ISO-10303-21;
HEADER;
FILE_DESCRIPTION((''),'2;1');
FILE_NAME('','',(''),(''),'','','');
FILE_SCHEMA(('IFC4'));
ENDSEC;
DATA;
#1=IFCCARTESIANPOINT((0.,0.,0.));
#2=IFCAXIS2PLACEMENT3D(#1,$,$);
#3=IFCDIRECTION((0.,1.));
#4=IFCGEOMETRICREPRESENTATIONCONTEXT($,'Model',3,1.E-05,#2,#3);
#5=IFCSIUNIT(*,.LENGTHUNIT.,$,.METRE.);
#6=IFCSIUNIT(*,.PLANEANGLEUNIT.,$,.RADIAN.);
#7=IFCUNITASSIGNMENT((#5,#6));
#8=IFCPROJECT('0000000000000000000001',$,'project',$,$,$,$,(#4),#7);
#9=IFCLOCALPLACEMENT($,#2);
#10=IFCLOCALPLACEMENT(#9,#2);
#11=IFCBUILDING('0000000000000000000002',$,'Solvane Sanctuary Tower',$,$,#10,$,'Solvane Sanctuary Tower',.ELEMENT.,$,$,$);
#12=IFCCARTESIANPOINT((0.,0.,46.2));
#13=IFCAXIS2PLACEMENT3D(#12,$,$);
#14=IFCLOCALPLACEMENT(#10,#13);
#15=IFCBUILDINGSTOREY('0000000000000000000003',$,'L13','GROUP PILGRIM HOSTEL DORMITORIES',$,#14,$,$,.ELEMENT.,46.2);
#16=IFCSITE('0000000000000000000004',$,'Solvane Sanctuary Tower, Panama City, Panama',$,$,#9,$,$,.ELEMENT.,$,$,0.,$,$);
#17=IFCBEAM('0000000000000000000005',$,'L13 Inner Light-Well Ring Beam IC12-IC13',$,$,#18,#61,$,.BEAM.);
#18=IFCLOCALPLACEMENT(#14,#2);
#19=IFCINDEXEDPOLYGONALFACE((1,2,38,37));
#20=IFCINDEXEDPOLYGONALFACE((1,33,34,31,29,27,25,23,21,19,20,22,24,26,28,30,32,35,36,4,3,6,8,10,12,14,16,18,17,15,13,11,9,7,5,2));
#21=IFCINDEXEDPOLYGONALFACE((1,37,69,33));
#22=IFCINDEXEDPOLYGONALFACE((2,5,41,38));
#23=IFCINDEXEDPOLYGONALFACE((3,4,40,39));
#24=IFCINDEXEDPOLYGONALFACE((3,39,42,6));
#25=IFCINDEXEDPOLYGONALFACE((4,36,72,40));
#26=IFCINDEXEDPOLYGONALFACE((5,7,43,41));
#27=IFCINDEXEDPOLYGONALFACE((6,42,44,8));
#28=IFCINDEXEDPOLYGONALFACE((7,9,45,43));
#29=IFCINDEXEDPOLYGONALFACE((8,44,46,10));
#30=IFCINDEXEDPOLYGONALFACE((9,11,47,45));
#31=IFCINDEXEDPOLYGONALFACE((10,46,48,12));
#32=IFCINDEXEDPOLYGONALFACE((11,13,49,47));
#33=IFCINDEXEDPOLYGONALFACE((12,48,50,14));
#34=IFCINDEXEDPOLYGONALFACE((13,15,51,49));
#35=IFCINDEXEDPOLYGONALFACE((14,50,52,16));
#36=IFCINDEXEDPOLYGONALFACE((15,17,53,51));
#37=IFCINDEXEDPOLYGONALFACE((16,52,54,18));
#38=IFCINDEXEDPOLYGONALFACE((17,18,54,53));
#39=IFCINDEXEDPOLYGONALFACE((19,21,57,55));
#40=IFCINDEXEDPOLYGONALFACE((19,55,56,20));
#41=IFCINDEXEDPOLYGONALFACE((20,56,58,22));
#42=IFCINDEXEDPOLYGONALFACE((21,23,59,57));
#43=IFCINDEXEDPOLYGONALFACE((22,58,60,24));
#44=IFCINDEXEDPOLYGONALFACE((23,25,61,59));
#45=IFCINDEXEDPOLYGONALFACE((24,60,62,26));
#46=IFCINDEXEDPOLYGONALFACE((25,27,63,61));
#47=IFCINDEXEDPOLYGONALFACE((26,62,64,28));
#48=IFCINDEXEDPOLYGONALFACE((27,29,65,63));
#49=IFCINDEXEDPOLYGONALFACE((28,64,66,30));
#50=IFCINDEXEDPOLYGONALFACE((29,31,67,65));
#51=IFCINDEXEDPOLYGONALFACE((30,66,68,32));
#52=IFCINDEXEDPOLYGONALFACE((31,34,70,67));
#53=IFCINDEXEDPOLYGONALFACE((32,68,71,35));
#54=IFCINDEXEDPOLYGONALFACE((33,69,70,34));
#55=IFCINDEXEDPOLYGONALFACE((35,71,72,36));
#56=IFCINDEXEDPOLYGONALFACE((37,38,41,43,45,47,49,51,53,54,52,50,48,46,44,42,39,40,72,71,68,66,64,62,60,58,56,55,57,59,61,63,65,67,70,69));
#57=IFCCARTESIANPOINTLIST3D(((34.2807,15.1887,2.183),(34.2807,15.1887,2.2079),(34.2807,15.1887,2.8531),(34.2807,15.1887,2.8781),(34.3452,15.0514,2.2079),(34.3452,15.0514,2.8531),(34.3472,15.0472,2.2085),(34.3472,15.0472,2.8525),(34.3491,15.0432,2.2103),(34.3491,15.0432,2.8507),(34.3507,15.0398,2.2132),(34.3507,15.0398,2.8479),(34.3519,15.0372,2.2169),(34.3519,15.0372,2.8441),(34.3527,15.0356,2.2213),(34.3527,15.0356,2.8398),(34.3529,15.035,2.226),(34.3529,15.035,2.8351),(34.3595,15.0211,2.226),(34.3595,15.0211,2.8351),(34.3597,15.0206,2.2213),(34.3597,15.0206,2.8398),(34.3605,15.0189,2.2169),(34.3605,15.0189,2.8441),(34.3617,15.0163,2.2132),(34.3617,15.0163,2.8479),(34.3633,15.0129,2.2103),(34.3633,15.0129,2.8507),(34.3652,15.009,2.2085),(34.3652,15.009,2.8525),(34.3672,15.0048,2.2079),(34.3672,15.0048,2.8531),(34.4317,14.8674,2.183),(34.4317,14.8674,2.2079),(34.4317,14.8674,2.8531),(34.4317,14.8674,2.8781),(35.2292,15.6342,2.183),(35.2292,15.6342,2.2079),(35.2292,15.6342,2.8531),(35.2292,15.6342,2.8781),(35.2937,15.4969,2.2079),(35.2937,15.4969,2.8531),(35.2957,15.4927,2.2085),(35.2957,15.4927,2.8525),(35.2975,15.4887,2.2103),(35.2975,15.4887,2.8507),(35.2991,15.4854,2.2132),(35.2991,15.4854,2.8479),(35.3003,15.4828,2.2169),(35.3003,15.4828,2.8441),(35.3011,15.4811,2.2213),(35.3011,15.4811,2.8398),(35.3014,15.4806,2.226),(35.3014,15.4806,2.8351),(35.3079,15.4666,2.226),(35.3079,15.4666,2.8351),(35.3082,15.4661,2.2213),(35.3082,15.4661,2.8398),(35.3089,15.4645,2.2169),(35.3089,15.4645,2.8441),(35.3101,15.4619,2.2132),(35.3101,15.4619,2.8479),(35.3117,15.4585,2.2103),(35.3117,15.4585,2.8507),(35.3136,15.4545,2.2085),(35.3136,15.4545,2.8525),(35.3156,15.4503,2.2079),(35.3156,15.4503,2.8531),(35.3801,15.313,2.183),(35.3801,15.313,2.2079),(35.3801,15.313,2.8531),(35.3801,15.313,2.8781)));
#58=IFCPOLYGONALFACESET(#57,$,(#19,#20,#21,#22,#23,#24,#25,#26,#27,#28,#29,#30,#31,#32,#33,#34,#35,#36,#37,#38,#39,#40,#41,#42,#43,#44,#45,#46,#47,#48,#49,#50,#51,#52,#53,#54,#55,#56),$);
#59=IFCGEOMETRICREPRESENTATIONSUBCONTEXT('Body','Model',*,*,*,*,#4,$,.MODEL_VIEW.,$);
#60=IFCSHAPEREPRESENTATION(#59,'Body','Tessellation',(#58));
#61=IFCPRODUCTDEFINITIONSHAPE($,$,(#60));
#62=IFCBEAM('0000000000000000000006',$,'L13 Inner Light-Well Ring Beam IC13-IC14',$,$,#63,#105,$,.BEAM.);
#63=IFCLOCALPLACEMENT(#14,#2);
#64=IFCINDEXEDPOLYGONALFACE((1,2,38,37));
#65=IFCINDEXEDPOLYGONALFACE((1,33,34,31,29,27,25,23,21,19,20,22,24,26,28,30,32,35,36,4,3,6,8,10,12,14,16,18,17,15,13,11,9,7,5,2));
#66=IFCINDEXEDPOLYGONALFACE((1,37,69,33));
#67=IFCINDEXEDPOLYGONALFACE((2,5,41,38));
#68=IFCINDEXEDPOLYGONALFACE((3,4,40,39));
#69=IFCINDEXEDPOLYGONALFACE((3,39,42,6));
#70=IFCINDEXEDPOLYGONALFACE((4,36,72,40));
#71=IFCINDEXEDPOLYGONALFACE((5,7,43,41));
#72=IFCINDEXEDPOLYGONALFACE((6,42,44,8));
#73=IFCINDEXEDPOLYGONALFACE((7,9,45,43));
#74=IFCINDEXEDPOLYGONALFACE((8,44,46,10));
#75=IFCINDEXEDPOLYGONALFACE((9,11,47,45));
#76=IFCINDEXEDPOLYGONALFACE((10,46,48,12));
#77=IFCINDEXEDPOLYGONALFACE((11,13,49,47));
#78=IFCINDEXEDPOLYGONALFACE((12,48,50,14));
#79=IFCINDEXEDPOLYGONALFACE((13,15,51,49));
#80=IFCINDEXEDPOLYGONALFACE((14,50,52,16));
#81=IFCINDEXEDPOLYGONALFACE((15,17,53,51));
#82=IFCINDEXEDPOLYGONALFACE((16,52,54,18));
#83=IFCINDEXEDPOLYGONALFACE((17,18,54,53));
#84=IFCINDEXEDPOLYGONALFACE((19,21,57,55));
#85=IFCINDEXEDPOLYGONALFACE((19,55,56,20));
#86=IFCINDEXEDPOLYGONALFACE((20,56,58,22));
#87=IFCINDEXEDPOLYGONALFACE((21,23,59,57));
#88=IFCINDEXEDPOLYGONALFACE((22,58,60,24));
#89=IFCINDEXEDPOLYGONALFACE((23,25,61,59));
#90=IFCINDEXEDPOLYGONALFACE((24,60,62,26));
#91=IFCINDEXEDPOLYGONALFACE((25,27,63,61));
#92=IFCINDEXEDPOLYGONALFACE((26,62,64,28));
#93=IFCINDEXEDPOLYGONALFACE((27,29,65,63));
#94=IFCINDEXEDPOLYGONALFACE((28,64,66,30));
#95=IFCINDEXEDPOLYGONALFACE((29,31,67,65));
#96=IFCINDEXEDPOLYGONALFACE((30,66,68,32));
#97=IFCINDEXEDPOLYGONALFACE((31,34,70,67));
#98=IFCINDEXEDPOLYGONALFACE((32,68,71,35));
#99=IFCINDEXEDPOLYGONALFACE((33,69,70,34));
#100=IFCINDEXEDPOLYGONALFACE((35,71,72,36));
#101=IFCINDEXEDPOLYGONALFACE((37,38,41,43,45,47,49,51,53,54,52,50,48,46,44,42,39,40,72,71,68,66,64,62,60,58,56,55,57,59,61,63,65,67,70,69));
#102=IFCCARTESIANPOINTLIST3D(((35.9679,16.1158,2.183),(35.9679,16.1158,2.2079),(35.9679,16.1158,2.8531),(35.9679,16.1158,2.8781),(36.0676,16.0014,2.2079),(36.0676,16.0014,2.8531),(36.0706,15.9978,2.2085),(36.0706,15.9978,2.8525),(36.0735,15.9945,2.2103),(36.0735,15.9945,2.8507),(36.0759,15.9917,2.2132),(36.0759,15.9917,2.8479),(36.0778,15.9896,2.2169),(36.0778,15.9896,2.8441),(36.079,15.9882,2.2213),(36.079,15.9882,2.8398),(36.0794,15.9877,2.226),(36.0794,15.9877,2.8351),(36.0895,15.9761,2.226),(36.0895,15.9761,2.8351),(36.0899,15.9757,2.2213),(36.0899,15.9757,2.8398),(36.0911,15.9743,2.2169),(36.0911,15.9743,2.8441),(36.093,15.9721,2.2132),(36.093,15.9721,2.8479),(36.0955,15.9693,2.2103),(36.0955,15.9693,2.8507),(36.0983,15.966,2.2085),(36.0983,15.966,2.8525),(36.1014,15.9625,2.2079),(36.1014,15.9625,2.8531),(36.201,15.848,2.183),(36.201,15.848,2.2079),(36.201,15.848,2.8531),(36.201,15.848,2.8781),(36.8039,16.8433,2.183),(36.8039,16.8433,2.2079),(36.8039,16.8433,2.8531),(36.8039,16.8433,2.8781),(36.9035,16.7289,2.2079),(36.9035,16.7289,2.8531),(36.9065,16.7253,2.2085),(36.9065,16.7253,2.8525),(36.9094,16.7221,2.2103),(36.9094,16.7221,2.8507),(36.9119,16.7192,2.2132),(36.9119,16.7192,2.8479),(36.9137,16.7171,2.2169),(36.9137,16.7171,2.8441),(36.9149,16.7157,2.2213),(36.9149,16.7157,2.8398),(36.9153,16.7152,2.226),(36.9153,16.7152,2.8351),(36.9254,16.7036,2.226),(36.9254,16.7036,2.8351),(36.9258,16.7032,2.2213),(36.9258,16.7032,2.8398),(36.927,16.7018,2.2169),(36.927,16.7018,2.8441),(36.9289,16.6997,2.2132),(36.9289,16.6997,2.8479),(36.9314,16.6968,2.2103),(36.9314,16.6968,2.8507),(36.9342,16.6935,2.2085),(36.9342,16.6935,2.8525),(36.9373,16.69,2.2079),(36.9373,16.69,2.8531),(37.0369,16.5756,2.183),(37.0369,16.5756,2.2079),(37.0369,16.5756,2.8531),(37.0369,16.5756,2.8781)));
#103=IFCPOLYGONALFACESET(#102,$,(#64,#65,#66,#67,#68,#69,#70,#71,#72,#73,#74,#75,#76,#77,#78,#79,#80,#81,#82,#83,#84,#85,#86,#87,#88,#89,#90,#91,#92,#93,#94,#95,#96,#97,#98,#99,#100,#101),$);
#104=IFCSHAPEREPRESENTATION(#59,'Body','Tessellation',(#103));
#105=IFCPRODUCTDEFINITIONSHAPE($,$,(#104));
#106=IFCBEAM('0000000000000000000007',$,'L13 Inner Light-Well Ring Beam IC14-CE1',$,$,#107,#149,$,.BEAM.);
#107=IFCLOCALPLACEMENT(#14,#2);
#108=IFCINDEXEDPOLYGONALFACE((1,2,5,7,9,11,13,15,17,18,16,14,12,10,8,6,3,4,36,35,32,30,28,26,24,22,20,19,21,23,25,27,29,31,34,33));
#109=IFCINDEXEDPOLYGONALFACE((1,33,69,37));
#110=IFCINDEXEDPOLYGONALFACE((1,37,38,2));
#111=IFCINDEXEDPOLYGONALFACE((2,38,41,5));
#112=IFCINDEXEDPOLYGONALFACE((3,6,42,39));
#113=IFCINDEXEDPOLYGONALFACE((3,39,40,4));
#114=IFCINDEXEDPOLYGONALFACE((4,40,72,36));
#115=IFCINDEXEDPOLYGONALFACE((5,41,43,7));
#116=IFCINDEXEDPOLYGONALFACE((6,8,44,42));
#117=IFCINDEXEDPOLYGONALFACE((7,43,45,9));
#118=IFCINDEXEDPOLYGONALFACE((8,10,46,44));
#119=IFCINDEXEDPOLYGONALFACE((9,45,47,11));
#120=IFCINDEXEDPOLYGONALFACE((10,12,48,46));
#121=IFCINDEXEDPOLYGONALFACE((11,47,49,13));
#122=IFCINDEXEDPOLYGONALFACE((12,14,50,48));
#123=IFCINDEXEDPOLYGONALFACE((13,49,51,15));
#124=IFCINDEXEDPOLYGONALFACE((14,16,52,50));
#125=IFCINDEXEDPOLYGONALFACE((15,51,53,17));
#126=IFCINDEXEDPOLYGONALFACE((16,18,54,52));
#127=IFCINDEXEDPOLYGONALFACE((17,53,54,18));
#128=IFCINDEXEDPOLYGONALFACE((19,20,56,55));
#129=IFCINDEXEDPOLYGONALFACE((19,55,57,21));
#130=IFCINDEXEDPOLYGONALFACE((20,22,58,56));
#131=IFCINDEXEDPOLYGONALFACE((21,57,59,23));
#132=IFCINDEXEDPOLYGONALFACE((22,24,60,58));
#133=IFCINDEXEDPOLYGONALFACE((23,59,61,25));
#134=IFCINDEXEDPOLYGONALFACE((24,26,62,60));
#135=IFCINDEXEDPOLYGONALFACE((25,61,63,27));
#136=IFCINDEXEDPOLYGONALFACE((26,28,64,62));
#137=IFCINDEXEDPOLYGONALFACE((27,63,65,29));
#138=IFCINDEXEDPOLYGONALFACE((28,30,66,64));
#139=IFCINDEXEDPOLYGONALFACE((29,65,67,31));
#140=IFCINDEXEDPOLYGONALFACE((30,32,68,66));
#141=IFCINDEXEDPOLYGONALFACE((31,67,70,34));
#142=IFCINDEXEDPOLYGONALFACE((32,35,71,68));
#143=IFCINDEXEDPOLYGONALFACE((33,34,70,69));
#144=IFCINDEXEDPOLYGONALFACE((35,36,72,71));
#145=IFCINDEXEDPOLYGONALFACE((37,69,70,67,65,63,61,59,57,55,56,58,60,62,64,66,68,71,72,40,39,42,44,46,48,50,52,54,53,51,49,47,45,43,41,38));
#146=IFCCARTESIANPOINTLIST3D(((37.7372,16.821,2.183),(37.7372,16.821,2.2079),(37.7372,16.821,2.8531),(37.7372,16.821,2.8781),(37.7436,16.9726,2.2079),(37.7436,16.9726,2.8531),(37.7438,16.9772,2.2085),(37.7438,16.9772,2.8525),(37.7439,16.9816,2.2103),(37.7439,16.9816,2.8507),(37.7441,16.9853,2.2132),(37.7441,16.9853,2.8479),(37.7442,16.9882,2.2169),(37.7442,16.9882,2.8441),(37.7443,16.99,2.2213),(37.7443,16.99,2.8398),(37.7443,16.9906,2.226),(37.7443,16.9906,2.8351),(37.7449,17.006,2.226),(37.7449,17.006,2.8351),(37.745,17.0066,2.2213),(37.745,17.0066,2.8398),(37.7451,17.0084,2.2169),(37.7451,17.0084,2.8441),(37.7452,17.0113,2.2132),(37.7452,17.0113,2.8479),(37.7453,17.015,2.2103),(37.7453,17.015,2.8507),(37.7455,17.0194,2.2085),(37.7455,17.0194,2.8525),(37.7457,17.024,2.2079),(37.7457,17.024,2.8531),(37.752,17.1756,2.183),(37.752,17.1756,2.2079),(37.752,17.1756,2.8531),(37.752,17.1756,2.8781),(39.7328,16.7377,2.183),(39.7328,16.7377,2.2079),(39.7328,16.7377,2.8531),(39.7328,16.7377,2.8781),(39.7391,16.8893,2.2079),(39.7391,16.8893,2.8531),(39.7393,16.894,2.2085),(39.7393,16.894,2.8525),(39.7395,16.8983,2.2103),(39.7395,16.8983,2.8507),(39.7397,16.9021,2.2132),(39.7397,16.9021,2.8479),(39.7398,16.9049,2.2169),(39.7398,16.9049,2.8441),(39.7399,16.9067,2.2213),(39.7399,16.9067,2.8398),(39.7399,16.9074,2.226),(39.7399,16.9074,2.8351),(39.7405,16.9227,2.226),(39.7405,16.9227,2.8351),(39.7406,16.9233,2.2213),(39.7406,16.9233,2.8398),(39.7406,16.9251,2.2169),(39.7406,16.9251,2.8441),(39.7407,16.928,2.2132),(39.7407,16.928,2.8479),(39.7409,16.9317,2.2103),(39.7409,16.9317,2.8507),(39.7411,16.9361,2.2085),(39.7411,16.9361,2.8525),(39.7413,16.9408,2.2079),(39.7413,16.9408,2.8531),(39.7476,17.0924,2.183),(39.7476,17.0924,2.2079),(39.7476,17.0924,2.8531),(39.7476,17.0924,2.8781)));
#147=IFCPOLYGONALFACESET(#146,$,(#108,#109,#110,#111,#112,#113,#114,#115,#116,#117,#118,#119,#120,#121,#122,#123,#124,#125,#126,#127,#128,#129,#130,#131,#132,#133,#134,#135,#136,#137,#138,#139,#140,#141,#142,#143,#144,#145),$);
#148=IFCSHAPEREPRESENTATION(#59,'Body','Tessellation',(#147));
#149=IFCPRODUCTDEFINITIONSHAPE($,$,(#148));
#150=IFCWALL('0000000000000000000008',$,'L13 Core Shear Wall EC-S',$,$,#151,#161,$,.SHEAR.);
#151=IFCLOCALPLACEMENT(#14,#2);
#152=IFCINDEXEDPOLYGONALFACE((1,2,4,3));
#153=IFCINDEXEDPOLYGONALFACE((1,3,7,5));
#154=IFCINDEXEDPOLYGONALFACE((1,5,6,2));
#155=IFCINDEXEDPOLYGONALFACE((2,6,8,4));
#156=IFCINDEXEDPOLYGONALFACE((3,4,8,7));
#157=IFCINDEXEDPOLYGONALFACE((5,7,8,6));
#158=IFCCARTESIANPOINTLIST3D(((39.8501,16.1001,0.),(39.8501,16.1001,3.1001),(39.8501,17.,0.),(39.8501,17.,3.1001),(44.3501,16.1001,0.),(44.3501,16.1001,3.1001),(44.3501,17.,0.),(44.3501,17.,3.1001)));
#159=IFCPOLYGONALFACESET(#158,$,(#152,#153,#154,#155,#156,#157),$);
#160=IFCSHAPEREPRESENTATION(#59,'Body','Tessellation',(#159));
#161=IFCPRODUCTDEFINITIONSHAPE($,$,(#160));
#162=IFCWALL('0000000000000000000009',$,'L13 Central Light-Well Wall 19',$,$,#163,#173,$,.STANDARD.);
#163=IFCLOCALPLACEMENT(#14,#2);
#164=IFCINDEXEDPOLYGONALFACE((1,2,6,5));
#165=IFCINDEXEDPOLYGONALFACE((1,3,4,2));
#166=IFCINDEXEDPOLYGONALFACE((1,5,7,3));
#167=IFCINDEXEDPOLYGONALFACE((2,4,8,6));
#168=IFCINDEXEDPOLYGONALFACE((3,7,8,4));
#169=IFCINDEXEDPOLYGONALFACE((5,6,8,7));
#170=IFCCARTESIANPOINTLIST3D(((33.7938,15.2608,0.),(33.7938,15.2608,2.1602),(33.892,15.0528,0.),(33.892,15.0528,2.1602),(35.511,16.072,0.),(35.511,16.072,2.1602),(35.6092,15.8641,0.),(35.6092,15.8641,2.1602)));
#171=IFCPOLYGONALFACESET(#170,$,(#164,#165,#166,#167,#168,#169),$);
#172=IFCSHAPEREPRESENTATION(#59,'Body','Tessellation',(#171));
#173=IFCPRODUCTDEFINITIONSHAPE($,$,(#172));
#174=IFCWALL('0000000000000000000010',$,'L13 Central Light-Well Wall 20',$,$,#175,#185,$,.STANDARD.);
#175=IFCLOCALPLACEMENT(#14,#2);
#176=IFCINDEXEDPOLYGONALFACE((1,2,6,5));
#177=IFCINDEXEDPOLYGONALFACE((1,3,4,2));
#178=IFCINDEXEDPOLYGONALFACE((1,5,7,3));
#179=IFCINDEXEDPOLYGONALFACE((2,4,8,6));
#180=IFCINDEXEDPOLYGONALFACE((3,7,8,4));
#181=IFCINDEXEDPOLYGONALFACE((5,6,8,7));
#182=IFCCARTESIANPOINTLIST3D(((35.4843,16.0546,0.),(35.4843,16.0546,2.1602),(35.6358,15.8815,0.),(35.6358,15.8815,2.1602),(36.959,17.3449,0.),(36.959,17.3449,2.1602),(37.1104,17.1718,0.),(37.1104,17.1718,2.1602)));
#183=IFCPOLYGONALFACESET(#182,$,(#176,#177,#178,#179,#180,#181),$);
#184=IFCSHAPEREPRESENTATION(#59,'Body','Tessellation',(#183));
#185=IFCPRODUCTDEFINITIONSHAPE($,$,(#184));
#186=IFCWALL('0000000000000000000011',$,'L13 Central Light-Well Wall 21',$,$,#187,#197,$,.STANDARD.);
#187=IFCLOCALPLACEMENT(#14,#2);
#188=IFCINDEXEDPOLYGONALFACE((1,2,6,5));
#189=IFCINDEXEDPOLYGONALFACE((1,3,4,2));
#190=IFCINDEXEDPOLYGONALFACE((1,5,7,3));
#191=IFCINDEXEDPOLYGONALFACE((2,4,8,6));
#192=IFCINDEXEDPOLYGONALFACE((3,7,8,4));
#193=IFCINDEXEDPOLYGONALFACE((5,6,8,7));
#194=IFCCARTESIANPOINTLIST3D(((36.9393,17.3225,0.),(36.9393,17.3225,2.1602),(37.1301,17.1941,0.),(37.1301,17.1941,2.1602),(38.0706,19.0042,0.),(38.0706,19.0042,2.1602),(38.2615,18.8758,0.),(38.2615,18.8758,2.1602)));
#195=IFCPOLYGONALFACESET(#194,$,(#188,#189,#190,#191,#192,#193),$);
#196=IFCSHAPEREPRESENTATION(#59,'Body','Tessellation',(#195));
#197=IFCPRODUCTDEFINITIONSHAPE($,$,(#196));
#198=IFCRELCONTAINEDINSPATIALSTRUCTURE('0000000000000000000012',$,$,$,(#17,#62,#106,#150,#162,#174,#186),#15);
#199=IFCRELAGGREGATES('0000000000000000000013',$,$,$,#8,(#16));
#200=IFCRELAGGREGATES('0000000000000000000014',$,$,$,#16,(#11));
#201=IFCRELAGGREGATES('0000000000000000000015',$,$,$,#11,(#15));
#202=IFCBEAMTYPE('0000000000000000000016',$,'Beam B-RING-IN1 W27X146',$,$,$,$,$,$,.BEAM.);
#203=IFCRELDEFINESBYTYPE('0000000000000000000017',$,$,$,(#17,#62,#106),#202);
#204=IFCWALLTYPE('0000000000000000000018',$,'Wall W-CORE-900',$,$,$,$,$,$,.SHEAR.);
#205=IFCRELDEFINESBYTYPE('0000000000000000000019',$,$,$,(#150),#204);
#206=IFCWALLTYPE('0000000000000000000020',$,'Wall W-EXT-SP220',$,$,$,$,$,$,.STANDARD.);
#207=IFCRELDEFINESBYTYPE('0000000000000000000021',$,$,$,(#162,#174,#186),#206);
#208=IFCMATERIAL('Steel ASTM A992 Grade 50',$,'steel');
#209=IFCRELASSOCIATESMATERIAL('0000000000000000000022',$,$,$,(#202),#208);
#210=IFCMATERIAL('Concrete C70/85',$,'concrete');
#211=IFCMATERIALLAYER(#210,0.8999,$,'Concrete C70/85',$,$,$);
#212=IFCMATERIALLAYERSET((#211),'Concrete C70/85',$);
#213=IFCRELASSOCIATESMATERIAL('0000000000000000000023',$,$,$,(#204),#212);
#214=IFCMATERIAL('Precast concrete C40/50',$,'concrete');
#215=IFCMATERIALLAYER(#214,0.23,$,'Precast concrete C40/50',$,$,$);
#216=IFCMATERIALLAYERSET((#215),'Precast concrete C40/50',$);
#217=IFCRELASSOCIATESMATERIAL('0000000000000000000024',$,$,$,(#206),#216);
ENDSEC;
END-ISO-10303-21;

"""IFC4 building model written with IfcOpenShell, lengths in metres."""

from ifc_helpers import new_model, si_unit, direction, frame, frame_2d, origin, origin_2d, place, context, subcontext, project, spatial, rectangle, i_section, extrude, material, layer, layer_set, material_profile, profile_set, type_object, element, save


model = new_model("IFC4")

# Units and contexts
model_context = context("Model", 3, precision=1e-05, world=origin(), true_north=direction((0.0, 1.0)))
body_context = subcontext(model_context, "Body", "Model", "MODEL_VIEW")
ifc_project = project(units=[si_unit("LENGTHUNIT", "METRE"), si_unit("PLANEANGLEUNIT", "RADIAN")], contexts=[model_context])

# Site, building, storey
site_placement = place(None, origin())
site = spatial("IfcSite", under=ifc_project, at=site_placement, Name="Solvane Sanctuary Tower, Panama City, Panama", CompositionType="ELEMENT", RefElevation=0.0)
building_placement = place(site_placement, origin())
building = spatial("IfcBuilding", under=site, at=building_placement, Name="Solvane Sanctuary Tower", LongName="Solvane Sanctuary Tower", CompositionType="ELEMENT")
storey_placement = place(building_placement, frame((0.0, 0.0, 46.2)))
storey = spatial("IfcBuildingStorey", under=building, at=storey_placement, Name="L13", Description="GROUP PILGRIM HOSTEL DORMITORIES", CompositionType="ELEMENT", Elevation=46.2)

# Shared definitions
ifc_material_1 = material(Name="Concrete C70/85", Category="concrete")

# Beams
ifc_material_2 = material(Name="Steel ASTM A992 Grade 50", Category="steel")
ifc_material_profile_1 = material_profile(ifc_material_2, i_section(OverallWidth=0.355, OverallDepth=0.6951, WebThickness=0.0154, FlangeThickness=0.0249, FilletRadius=0.0181, at=origin_2d()), Name="W27X146")
ifc_profile_set_1 = profile_set([ifc_material_profile_1], Name="Steel ASTM A992 Grade 50")
beam_type_1 = type_object("IfcBeamType", Name="Beam B-RING-IN1 W27X146", PredefinedType="BEAM", material=ifc_profile_set_1)
beam_1_placement = place(storey_placement, frame((34.3562, 15.0281, 2.5305), z_axis=(0.905109, 0.42518, 0.0), x_axis=(-0.42518, 0.905109, 0.0)))
element("IfcBeam", 1, at=beam_1_placement, inside=storey, type_object=beam_type_1, Name="L13 Inner Light-Well Ring Beam IC12-IC13", PredefinedType="BEAM", context=body_context, shape_type="SweptSolid", body=[
    extrude(i_section(OverallWidth=0.355, OverallDepth=0.6951, WebThickness=0.0154, FlangeThickness=0.0249, FilletRadius=0.0181, at=origin_2d()), origin(), (0.0, 0.0, 1.0), 1.0479),
])
beam_2_placement = place(storey_placement, frame((36.0845, 15.9819, 2.5305), z_axis=(0.754321, 0.656506, 0.0), x_axis=(-0.656506, 0.754321, 0.0)))
element("IfcBeam", 2, at=beam_2_placement, inside=storey, type_object=beam_type_1, Name="L13 Inner Light-Well Ring Beam IC13-IC14", PredefinedType="BEAM", context=body_context, shape_type="SweptSolid", body=[
    extrude(i_section(OverallWidth=0.355, OverallDepth=0.6951, WebThickness=0.0154, FlangeThickness=0.0249, FilletRadius=0.0181, at=origin_2d()), origin(), (0.0, 0.0, 1.0), 1.1082),
])
beam_3_placement = place(storey_placement, frame((37.7446, 16.9983, 2.5305), z_axis=(0.999131, -0.041681, 0.0), x_axis=(0.041681, 0.999131, 0.0)))
element("IfcBeam", 3, at=beam_3_placement, inside=storey, type_object=beam_type_1, Name="L13 Inner Light-Well Ring Beam IC14-CE1", PredefinedType="BEAM", context=body_context, shape_type="SweptSolid", body=[
    extrude(i_section(OverallWidth=0.355, OverallDepth=0.6951, WebThickness=0.0154, FlangeThickness=0.0249, FilletRadius=0.0181, at=origin_2d()), origin(), (0.0, 0.0, 1.0), 1.9973),
])

# Walls
ifc_layer_1 = layer(ifc_material_1, 0.8999, Name="Concrete C70/85")
ifc_layer_set_1 = layer_set([ifc_layer_1], Name="Concrete C70/85")
wall_type_1 = type_object("IfcWallType", Name="Wall W-CORE-900", PredefinedType="SHEAR", material=ifc_layer_set_1)
wall_1_placement = place(storey_placement, frame((39.8501, 16.55, 0.0), z_axis=(0.0, 0.0, 1.0), x_axis=(1.0, 0.0, 0.0)))
element("IfcWall", 4, at=wall_1_placement, inside=storey, type_object=wall_type_1, Name="L13 Core Shear Wall EC-S", PredefinedType="SHEAR", context=body_context, shape_type="SweptSolid", body=[
    extrude(rectangle(XDim=4.5, YDim=0.8999, at=frame_2d((2.25, 0.0))), origin(), (0.0, 0.0, 1.0), 3.1001),
])
ifc_material_3 = material(Name="Precast concrete C40/50", Category="concrete")
ifc_layer_2 = layer(ifc_material_3, 0.23, Name="Precast concrete C40/50")
ifc_layer_set_2 = layer_set([ifc_layer_2], Name="Precast concrete C40/50")
wall_type_2 = type_object("IfcWallType", Name="Wall W-EXT-SP220", PredefinedType="STANDARD", material=ifc_layer_set_2)
wall_2_placement = place(storey_placement, frame((33.8428, 15.1567, 0.0), z_axis=(0.0, 0.0, 1.0), x_axis=(0.90418, 0.427152, 0.0)))
element("IfcWall", 5, at=wall_2_placement, inside=storey, type_object=wall_type_2, Name="L13 Central Light-Well Wall 19", PredefinedType="STANDARD", context=body_context, shape_type="SweptSolid", body=[
    extrude(rectangle(XDim=1.8992, YDim=0.23, at=frame_2d((0.9497, 0.0))), origin(), (0.0, 0.0, 1.0), 2.1602),
])
wall_3_placement = place(storey_placement, frame((35.5601, 15.968, 0.0), z_axis=(0.0, 0.0, 1.0), x_axis=(0.752577, 0.658505, 0.0)))
element("IfcWall", 6, at=wall_3_placement, inside=storey, type_object=wall_type_2, Name="L13 Central Light-Well Wall 20", PredefinedType="STANDARD", context=body_context, shape_type="SweptSolid", body=[
    extrude(rectangle(XDim=1.9595, YDim=0.23, at=frame_2d((0.9797, 0.0))), origin(), (0.0, 0.0, 1.0), 2.1602),
])
wall_4_placement = place(storey_placement, frame((37.0347, 17.2583, 0.0), z_axis=(0.0, 0.0, 1.0), x_axis=(0.558198, 0.829708, 0.0)))
element("IfcWall", 7, at=wall_4_placement, inside=storey, type_object=wall_type_2, Name="L13 Central Light-Well Wall 21", PredefinedType="STANDARD", context=body_context, shape_type="SweptSolid", body=[
    extrude(rectangle(XDim=2.0269, YDim=0.23, at=frame_2d((1.0134, 0.0))), origin(), (0.0, 0.0, 1.0), 2.1602),
])

save(model, "model.ifc")
